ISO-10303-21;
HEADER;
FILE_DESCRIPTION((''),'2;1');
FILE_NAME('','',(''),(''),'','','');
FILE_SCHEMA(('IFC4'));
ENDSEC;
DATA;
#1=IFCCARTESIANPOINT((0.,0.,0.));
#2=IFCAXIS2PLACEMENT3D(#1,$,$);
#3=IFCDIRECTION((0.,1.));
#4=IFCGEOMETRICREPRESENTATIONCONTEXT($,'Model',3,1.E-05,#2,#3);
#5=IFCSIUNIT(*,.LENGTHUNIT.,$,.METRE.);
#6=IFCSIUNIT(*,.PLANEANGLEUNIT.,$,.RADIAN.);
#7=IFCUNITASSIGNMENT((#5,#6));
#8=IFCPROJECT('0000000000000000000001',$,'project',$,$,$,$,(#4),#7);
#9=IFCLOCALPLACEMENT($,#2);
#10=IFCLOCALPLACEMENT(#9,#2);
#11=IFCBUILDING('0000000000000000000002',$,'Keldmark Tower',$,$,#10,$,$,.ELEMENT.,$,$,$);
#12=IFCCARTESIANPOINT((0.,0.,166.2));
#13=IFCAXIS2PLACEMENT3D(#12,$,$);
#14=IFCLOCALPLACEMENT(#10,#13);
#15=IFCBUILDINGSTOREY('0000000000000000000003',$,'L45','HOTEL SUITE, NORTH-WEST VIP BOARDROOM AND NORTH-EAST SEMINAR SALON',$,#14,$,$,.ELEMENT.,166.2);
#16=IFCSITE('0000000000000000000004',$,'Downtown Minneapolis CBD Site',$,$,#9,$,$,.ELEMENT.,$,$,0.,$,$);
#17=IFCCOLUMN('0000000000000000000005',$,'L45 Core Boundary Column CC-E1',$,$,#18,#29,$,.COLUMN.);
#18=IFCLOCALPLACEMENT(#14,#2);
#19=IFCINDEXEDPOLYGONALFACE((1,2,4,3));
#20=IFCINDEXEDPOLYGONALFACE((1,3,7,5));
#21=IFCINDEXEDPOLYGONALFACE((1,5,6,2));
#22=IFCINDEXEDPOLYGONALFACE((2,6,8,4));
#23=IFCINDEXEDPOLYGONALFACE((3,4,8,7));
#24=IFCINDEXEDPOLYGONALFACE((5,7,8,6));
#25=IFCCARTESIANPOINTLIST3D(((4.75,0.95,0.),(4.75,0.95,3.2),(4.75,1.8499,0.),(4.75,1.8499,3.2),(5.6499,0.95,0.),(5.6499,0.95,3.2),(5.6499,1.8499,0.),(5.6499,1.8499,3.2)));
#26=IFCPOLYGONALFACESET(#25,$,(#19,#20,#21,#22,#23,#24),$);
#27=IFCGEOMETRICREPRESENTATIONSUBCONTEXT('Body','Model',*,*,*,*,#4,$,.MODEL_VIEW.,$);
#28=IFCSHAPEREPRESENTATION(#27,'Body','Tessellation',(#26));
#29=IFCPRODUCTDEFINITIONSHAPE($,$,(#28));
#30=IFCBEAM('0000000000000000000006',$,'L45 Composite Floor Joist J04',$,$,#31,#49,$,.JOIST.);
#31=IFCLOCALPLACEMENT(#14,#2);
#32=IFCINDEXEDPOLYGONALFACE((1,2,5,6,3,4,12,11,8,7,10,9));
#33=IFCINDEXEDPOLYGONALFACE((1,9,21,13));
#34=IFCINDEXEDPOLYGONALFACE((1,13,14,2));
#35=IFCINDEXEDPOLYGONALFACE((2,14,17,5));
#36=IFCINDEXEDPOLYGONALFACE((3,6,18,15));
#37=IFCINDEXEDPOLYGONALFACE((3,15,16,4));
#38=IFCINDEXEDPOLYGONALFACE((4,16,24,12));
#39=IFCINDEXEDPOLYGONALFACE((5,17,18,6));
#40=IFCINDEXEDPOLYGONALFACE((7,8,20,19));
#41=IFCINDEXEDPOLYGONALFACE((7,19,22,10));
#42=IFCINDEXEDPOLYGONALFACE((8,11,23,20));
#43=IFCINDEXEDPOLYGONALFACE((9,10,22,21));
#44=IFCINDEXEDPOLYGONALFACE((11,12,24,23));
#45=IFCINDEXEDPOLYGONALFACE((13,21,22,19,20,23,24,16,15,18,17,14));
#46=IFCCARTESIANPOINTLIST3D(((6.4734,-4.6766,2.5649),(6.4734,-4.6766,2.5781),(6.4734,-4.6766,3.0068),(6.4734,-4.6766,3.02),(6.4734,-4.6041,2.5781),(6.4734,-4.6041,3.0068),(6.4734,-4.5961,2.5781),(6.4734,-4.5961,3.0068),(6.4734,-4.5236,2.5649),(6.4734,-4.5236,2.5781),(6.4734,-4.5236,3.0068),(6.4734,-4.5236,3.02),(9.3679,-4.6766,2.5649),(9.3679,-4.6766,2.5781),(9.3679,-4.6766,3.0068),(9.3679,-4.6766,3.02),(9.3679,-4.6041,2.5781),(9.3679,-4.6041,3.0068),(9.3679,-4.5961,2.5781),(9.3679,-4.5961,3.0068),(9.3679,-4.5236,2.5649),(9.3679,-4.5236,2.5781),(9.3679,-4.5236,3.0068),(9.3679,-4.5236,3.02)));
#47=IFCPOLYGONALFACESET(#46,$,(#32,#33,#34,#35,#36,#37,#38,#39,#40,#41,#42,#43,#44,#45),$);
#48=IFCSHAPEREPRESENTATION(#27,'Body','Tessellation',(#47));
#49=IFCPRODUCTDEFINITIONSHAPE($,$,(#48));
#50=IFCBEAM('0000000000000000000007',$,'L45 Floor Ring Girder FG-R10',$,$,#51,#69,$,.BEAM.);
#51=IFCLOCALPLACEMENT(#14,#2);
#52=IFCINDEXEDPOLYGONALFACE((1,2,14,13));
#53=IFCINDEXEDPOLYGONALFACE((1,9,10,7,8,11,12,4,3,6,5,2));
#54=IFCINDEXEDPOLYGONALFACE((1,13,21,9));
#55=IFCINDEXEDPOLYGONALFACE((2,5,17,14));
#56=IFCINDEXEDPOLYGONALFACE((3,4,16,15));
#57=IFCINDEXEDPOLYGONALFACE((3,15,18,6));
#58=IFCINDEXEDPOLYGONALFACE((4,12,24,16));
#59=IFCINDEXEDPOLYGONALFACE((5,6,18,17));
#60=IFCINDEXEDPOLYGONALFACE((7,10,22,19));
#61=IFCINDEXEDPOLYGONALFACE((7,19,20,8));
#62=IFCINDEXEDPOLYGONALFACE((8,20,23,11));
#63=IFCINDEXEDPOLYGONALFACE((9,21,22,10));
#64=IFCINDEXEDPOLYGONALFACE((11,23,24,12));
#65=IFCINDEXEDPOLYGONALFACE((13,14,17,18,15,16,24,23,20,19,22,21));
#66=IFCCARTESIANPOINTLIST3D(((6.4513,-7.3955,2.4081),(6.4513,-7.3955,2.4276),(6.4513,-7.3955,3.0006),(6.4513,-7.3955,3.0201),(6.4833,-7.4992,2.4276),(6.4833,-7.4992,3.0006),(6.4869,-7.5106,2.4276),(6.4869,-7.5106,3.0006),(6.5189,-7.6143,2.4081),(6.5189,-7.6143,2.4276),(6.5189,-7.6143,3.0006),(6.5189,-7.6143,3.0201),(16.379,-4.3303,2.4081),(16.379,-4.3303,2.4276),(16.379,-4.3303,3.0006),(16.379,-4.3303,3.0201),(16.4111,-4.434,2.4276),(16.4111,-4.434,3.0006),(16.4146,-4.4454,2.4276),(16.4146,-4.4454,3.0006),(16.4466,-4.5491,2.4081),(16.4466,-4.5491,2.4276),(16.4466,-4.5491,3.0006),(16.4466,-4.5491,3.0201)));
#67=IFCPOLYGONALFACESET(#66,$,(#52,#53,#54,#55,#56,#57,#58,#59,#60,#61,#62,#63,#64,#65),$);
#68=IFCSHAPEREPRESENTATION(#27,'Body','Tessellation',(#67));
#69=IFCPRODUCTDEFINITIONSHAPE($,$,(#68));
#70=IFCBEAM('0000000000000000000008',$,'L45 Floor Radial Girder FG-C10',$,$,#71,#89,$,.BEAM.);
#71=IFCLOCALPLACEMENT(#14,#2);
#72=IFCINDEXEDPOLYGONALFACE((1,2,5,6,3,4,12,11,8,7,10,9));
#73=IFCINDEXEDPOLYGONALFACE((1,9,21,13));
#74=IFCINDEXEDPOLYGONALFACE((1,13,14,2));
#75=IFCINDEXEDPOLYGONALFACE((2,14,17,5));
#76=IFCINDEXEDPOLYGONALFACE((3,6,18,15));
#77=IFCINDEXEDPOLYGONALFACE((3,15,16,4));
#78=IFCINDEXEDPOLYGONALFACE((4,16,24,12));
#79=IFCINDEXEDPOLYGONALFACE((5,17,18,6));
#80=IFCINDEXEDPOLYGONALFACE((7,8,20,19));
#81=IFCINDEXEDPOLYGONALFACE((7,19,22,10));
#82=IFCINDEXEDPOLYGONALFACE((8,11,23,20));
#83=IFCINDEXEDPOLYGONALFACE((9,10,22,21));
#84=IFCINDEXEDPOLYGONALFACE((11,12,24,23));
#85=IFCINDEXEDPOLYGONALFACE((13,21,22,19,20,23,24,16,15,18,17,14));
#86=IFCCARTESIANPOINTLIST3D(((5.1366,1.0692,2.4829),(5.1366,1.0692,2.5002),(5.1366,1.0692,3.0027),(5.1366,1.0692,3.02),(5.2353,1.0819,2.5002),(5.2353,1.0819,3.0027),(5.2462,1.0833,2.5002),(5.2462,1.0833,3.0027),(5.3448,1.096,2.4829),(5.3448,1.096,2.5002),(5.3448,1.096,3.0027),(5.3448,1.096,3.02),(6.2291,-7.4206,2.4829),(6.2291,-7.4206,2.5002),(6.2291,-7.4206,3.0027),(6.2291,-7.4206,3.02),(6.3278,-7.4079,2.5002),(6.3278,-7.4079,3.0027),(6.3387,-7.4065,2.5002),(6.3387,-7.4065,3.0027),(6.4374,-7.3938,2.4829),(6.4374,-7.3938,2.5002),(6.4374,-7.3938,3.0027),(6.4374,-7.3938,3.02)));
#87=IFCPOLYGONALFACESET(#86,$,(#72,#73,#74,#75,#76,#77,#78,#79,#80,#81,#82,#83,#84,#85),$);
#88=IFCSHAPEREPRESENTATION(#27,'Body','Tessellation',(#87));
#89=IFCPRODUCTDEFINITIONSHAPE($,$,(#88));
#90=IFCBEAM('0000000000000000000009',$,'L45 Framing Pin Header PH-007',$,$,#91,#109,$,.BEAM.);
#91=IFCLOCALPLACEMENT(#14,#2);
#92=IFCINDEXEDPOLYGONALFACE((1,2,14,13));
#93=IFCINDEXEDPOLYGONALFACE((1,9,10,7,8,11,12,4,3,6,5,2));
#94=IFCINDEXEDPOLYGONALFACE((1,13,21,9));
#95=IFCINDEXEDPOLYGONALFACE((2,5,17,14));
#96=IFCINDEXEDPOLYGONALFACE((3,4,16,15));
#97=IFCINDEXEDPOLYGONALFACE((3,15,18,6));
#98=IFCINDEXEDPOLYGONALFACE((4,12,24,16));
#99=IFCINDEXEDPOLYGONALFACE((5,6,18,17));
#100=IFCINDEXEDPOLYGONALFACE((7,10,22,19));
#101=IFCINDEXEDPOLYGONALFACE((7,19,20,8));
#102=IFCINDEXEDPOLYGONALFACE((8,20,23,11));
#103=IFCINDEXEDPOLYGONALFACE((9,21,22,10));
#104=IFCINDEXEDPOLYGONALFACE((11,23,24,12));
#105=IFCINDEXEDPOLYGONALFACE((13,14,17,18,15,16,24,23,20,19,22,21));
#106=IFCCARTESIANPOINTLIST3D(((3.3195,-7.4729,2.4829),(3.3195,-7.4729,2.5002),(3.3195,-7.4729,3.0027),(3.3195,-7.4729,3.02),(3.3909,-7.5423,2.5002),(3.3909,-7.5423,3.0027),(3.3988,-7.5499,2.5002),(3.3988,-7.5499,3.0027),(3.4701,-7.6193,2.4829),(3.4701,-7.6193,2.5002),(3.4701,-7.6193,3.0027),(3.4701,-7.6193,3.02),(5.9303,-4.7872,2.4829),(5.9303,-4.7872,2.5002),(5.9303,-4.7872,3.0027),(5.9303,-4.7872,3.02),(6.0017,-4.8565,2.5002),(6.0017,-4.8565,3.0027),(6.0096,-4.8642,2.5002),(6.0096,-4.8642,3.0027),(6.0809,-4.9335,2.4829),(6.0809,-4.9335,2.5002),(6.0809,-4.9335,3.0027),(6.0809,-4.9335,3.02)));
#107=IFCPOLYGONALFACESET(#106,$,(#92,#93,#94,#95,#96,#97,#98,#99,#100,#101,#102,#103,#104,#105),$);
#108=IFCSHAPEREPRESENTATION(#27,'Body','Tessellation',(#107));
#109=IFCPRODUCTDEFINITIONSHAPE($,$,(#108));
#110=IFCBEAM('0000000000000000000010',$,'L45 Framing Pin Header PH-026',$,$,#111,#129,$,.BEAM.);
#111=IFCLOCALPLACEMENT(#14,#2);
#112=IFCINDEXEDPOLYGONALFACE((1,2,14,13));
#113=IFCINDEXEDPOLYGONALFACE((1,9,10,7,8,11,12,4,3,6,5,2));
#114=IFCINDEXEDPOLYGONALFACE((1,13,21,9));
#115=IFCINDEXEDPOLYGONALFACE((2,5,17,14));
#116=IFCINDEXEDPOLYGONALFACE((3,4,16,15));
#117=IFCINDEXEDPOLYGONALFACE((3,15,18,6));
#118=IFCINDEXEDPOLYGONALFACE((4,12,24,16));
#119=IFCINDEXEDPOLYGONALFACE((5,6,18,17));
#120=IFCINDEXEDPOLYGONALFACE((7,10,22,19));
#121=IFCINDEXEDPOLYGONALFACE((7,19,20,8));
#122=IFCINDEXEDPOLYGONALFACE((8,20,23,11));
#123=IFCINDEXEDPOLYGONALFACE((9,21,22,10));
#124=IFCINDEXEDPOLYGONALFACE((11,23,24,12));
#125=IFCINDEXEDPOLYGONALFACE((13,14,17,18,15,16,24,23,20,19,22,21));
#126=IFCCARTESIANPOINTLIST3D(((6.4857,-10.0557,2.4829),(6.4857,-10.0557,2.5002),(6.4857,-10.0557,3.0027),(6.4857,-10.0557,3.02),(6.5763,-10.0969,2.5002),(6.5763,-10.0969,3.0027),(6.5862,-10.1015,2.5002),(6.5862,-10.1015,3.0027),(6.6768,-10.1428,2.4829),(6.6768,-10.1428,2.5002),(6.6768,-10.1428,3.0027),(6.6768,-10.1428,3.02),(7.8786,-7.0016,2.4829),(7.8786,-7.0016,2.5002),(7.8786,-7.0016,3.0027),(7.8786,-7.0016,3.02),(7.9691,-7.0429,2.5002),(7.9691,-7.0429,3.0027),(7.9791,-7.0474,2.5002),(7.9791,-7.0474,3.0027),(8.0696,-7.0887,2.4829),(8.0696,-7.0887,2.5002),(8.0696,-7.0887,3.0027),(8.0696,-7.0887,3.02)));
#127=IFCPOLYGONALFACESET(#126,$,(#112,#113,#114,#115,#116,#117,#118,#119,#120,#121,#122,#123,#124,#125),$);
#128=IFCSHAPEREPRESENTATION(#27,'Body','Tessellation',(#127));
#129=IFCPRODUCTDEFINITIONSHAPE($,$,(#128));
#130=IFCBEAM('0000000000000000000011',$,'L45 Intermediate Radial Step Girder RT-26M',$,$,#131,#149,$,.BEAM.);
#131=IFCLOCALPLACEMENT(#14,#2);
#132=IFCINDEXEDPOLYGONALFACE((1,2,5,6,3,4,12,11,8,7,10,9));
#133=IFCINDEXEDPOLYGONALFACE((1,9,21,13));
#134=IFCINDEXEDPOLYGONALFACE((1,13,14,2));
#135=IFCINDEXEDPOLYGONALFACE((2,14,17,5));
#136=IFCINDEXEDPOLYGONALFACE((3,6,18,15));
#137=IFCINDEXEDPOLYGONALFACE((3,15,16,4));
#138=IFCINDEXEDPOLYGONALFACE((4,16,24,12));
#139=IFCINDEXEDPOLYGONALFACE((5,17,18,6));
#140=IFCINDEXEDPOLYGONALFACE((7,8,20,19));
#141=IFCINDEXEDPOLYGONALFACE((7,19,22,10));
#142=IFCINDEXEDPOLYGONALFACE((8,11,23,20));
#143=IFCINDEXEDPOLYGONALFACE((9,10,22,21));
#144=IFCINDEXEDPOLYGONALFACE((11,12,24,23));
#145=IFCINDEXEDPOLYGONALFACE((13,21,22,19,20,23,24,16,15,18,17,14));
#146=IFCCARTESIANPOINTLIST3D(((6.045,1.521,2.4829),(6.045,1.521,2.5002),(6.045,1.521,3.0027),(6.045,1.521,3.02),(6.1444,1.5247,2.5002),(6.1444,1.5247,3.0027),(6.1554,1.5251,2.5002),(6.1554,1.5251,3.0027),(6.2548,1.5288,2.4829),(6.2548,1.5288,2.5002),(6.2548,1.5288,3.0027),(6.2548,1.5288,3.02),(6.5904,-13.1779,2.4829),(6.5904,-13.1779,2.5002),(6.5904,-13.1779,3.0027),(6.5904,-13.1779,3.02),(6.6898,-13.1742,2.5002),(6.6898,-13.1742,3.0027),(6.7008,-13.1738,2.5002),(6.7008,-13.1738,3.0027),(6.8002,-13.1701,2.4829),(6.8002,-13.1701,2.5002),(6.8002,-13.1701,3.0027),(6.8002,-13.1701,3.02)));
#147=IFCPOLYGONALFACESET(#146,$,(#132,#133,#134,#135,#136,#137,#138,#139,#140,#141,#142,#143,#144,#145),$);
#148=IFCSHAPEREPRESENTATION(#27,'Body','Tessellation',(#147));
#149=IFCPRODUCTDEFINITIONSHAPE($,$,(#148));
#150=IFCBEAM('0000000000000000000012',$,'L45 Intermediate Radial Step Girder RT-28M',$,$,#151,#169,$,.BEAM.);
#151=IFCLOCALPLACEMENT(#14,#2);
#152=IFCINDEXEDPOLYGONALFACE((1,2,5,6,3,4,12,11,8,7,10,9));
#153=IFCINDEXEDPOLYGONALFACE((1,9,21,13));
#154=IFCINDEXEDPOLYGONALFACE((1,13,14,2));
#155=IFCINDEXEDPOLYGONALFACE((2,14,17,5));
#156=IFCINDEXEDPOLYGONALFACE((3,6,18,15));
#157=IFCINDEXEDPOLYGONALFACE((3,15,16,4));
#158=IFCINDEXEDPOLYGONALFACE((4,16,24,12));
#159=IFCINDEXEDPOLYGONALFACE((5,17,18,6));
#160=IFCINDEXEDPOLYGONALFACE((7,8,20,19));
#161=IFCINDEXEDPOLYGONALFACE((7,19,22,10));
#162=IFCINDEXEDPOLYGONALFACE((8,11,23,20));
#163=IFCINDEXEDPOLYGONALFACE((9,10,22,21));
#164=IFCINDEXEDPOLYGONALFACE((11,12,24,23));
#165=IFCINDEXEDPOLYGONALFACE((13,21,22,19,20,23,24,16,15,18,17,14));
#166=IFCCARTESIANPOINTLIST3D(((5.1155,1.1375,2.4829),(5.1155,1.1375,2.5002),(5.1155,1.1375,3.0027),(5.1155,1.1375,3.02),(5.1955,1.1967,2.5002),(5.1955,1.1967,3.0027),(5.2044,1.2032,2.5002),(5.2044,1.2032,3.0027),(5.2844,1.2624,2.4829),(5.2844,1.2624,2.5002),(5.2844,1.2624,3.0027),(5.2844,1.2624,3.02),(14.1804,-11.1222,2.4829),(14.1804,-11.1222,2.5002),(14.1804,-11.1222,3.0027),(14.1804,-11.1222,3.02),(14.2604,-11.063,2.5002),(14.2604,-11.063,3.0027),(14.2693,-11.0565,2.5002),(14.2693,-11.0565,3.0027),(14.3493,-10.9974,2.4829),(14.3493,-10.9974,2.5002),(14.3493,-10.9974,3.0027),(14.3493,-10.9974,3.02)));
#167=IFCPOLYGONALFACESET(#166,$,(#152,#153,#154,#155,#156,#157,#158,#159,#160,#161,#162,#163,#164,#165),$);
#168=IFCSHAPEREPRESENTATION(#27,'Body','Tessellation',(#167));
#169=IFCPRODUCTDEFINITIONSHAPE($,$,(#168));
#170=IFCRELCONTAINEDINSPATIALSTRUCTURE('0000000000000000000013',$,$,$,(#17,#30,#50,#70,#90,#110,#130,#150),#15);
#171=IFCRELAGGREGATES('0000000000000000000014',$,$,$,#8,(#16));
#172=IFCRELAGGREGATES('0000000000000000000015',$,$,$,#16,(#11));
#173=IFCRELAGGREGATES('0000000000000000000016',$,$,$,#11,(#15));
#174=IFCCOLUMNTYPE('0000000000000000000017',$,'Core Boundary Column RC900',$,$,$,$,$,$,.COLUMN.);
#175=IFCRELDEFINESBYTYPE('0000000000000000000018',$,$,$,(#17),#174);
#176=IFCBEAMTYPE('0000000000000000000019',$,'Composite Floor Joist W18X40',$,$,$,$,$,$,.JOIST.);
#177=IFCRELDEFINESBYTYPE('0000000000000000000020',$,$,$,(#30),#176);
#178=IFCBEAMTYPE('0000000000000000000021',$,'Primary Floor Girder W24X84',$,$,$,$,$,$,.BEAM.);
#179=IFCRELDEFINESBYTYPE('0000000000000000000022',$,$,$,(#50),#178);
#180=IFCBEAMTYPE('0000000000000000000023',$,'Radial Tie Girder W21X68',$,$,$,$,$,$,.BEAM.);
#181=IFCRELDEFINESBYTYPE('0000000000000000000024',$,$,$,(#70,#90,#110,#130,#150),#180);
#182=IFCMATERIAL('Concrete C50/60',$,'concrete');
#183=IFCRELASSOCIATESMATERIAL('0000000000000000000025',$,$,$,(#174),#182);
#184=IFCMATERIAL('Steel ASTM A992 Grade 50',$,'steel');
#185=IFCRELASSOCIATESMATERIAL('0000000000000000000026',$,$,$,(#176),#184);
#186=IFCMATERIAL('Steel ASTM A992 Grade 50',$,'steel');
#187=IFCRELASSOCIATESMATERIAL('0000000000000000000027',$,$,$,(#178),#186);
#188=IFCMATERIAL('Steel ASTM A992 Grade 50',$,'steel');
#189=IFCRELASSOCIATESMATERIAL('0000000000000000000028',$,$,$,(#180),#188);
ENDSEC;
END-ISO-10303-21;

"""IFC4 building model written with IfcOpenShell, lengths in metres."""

from ifc_helpers import new_model, si_unit, direction, frame, origin, origin_2d, place, context, subcontext, project, spatial, rectangle, i_section, extrude, material, material_profile, profile_set, type_object, element, save


model = new_model("IFC4")

# Units and contexts
model_context = context("Model", 3, precision=1e-05, world=origin(), true_north=direction((0.0, 1.0)))
body_context = subcontext(model_context, "Body", "Model", "MODEL_VIEW")
ifc_project = project(units=[si_unit("LENGTHUNIT", "METRE"), si_unit("PLANEANGLEUNIT", "RADIAN")], contexts=[model_context])

# Site, building, storey
site_placement = place(None, origin())
site = spatial("IfcSite", under=ifc_project, at=site_placement, Name="Downtown Minneapolis CBD Site", CompositionType="ELEMENT", RefElevation=0.0)
building_placement = place(site_placement, origin())
building = spatial("IfcBuilding", under=site, at=building_placement, Name="Keldmark Tower", CompositionType="ELEMENT")
storey_placement = place(building_placement, frame((0.0, 0.0, 166.2)))
storey = spatial("IfcBuildingStorey", under=building, at=storey_placement, Name="L45", Description="HOTEL SUITE, NORTH-WEST VIP BOARDROOM AND NORTH-EAST SEMINAR SALON", CompositionType="ELEMENT", Elevation=166.2)

# Column
ifc_material_1 = material(Name="Concrete C50/60", Category="concrete")
ifc_material_profile_1 = material_profile(ifc_material_1, rectangle(XDim=0.8999, YDim=0.8999, at=origin_2d()), Name="RC900X900")
ifc_profile_set_1 = profile_set([ifc_material_profile_1], Name="Concrete C50/60")
column_type = type_object("IfcColumnType", Name="Core Boundary Column RC900", PredefinedType="COLUMN", material=ifc_profile_set_1)
column_placement = place(storey_placement, frame((5.2, 1.3999, 0.0), z_axis=(0.0, 0.0, 1.0), x_axis=(1.0, 0.0, 0.0)))
element("IfcColumn", 1, at=column_placement, inside=storey, type_object=column_type, Name="L45 Core Boundary Column CC-E1", PredefinedType="COLUMN", context=body_context, shape_type="SweptSolid", body=[
    extrude(rectangle(XDim=0.8999, YDim=0.8999, at=origin_2d()), origin(), (0.0, 0.0, 1.0), 3.2),
])

# Beams
ifc_material_2 = material(Name="Steel ASTM A992 Grade 50", Category="steel")
ifc_material_profile_2 = material_profile(ifc_material_2, i_section(OverallWidth=0.1531, OverallDepth=0.4551, WebThickness=0.0081, FlangeThickness=0.0132, at=origin_2d()), Name="W18X40")
ifc_profile_set_2 = profile_set([ifc_material_profile_2], Name="Steel ASTM A992 Grade 50")
beam_type_1 = type_object("IfcBeamType", Name="Composite Floor Joist W18X40", PredefinedType="JOIST", material=ifc_profile_set_2)
beam_1_placement = place(storey_placement, frame((6.4734, -4.6001, 2.7925), z_axis=(1.0, 0.0, 0.0), x_axis=(0.0, 1.0, 0.0)))
element("IfcBeam", 2, at=beam_1_placement, inside=storey, type_object=beam_type_1, Name="L45 Composite Floor Joist J04", PredefinedType="JOIST", context=body_context, shape_type="SweptSolid", body=[
    extrude(i_section(OverallWidth=0.1531, OverallDepth=0.4551, WebThickness=0.0081, FlangeThickness=0.0132, at=origin_2d()), origin(), (0.0, 0.0, 1.0), 2.8945),
])
ifc_material_3 = material(Name="Steel ASTM A992 Grade 50", Category="steel")
ifc_material_profile_3 = material_profile(ifc_material_3, i_section(OverallWidth=0.229, OverallDepth=0.6121, WebThickness=0.012, FlangeThickness=0.0195, at=origin_2d()), Name="W24X84")
ifc_profile_set_3 = profile_set([ifc_material_profile_3], Name="Steel ASTM A992 Grade 50")
beam_type_2 = type_object("IfcBeamType", Name="Primary Floor Girder W24X84", PredefinedType="BEAM", material=ifc_profile_set_3)
beam_2_placement = place(storey_placement, frame((6.4851, -7.5049, 2.7141), z_axis=(0.955495, 0.295009, 0.0), x_axis=(-0.295009, 0.955495, 0.0)))
element("IfcBeam", 3, at=beam_2_placement, inside=storey, type_object=beam_type_2, Name="L45 Floor Ring Girder FG-R10", PredefinedType="BEAM", context=body_context, shape_type="SweptSolid", body=[
    extrude(i_section(OverallWidth=0.229, OverallDepth=0.6121, WebThickness=0.012, FlangeThickness=0.0195, at=origin_2d()), origin(), (0.0, 0.0, 1.0), 10.3901),
])
ifc_material_4 = material(Name="Steel ASTM A992 Grade 50", Category="steel")
ifc_material_profile_4 = material_profile(ifc_material_4, i_section(OverallWidth=0.21, OverallDepth=0.5371, WebThickness=0.011, FlangeThickness=0.0173, at=origin_2d()), Name="W21X68")
ifc_profile_set_4 = profile_set([ifc_material_profile_4], Name="Steel ASTM A992 Grade 50")
beam_type_3 = type_object("IfcBeamType", Name="Radial Tie Girder W21X68", PredefinedType="BEAM", material=ifc_profile_set_4)
beam_3_placement = place(storey_placement, frame((6.3333, -7.4072, 2.7515), z_axis=(-0.127636, 0.991821, 0.0), x_axis=(-0.991821, -0.127636, 0.0)))
element("IfcBeam", 4, at=beam_3_placement, inside=storey, type_object=beam_type_3, Name="L45 Floor Radial Girder FG-C10", PredefinedType="BEAM", context=body_context, shape_type="SweptSolid", body=[
    extrude(i_section(OverallWidth=0.21, OverallDepth=0.5371, WebThickness=0.011, FlangeThickness=0.0173, at=origin_2d()), origin(), (0.0, 0.0, 1.0), 8.5598),
])
beam_4_placement = place(storey_placement, frame((6.0056, -4.8604, 2.7515), z_axis=(-0.697031, -0.717041, 0.0), x_axis=(0.717041, -0.697031, 0.0)))
element("IfcBeam", 5, at=beam_4_placement, inside=storey, type_object=beam_type_3, Name="L45 Framing Pin Header PH-007", PredefinedType="BEAM", context=body_context, shape_type="SweptSolid", body=[
    extrude(i_section(OverallWidth=0.21, OverallDepth=0.5371, WebThickness=0.011, FlangeThickness=0.0173, at=origin_2d()), origin(), (0.0, 0.0, 1.0), 3.7456),
])
beam_5_placement = place(storey_placement, frame((7.9741, -7.0452, 2.7515), z_axis=(-0.414953, -0.909843, 0.0), x_axis=(0.909843, -0.414953, 0.0)))
element("IfcBeam", 6, at=beam_5_placement, inside=storey, type_object=beam_type_3, Name="L45 Framing Pin Header PH-026", PredefinedType="BEAM", context=body_context, shape_type="SweptSolid", body=[
    extrude(i_section(OverallWidth=0.21, OverallDepth=0.5371, WebThickness=0.011, FlangeThickness=0.0173, at=origin_2d()), origin(), (0.0, 0.0, 1.0), 3.3567),
])
beam_6_placement = place(storey_placement, frame((6.1499, 1.5249, 2.7515), z_axis=(0.03708, -0.999312, 0.0), x_axis=(0.999312, 0.03708, 0.0)))
element("IfcBeam", 7, at=beam_6_placement, inside=storey, type_object=beam_type_3, Name="L45 Intermediate Radial Step Girder RT-26M", PredefinedType="BEAM", context=body_context, shape_type="SweptSolid", body=[
    extrude(i_section(OverallWidth=0.21, OverallDepth=0.5371, WebThickness=0.011, FlangeThickness=0.0173, at=origin_2d()), origin(), (0.0, 0.0, 1.0), 14.709),
])
beam_7_placement = place(storey_placement, frame((5.2, 1.2, 2.7515), z_axis=(0.594534, -0.80407, 0.0), x_axis=(0.80407, 0.594534, 0.0)))
element("IfcBeam", 8, at=beam_7_placement, inside=storey, type_object=beam_type_3, Name="L45 Intermediate Radial Step Girder RT-28M", PredefinedType="BEAM", context=body_context, shape_type="SweptSolid", body=[
    extrude(i_section(OverallWidth=0.21, OverallDepth=0.5371, WebThickness=0.011, FlangeThickness=0.0173, at=origin_2d()), origin(), (0.0, 0.0, 1.0), 15.2471),
])

save(model, "model.ifc")
